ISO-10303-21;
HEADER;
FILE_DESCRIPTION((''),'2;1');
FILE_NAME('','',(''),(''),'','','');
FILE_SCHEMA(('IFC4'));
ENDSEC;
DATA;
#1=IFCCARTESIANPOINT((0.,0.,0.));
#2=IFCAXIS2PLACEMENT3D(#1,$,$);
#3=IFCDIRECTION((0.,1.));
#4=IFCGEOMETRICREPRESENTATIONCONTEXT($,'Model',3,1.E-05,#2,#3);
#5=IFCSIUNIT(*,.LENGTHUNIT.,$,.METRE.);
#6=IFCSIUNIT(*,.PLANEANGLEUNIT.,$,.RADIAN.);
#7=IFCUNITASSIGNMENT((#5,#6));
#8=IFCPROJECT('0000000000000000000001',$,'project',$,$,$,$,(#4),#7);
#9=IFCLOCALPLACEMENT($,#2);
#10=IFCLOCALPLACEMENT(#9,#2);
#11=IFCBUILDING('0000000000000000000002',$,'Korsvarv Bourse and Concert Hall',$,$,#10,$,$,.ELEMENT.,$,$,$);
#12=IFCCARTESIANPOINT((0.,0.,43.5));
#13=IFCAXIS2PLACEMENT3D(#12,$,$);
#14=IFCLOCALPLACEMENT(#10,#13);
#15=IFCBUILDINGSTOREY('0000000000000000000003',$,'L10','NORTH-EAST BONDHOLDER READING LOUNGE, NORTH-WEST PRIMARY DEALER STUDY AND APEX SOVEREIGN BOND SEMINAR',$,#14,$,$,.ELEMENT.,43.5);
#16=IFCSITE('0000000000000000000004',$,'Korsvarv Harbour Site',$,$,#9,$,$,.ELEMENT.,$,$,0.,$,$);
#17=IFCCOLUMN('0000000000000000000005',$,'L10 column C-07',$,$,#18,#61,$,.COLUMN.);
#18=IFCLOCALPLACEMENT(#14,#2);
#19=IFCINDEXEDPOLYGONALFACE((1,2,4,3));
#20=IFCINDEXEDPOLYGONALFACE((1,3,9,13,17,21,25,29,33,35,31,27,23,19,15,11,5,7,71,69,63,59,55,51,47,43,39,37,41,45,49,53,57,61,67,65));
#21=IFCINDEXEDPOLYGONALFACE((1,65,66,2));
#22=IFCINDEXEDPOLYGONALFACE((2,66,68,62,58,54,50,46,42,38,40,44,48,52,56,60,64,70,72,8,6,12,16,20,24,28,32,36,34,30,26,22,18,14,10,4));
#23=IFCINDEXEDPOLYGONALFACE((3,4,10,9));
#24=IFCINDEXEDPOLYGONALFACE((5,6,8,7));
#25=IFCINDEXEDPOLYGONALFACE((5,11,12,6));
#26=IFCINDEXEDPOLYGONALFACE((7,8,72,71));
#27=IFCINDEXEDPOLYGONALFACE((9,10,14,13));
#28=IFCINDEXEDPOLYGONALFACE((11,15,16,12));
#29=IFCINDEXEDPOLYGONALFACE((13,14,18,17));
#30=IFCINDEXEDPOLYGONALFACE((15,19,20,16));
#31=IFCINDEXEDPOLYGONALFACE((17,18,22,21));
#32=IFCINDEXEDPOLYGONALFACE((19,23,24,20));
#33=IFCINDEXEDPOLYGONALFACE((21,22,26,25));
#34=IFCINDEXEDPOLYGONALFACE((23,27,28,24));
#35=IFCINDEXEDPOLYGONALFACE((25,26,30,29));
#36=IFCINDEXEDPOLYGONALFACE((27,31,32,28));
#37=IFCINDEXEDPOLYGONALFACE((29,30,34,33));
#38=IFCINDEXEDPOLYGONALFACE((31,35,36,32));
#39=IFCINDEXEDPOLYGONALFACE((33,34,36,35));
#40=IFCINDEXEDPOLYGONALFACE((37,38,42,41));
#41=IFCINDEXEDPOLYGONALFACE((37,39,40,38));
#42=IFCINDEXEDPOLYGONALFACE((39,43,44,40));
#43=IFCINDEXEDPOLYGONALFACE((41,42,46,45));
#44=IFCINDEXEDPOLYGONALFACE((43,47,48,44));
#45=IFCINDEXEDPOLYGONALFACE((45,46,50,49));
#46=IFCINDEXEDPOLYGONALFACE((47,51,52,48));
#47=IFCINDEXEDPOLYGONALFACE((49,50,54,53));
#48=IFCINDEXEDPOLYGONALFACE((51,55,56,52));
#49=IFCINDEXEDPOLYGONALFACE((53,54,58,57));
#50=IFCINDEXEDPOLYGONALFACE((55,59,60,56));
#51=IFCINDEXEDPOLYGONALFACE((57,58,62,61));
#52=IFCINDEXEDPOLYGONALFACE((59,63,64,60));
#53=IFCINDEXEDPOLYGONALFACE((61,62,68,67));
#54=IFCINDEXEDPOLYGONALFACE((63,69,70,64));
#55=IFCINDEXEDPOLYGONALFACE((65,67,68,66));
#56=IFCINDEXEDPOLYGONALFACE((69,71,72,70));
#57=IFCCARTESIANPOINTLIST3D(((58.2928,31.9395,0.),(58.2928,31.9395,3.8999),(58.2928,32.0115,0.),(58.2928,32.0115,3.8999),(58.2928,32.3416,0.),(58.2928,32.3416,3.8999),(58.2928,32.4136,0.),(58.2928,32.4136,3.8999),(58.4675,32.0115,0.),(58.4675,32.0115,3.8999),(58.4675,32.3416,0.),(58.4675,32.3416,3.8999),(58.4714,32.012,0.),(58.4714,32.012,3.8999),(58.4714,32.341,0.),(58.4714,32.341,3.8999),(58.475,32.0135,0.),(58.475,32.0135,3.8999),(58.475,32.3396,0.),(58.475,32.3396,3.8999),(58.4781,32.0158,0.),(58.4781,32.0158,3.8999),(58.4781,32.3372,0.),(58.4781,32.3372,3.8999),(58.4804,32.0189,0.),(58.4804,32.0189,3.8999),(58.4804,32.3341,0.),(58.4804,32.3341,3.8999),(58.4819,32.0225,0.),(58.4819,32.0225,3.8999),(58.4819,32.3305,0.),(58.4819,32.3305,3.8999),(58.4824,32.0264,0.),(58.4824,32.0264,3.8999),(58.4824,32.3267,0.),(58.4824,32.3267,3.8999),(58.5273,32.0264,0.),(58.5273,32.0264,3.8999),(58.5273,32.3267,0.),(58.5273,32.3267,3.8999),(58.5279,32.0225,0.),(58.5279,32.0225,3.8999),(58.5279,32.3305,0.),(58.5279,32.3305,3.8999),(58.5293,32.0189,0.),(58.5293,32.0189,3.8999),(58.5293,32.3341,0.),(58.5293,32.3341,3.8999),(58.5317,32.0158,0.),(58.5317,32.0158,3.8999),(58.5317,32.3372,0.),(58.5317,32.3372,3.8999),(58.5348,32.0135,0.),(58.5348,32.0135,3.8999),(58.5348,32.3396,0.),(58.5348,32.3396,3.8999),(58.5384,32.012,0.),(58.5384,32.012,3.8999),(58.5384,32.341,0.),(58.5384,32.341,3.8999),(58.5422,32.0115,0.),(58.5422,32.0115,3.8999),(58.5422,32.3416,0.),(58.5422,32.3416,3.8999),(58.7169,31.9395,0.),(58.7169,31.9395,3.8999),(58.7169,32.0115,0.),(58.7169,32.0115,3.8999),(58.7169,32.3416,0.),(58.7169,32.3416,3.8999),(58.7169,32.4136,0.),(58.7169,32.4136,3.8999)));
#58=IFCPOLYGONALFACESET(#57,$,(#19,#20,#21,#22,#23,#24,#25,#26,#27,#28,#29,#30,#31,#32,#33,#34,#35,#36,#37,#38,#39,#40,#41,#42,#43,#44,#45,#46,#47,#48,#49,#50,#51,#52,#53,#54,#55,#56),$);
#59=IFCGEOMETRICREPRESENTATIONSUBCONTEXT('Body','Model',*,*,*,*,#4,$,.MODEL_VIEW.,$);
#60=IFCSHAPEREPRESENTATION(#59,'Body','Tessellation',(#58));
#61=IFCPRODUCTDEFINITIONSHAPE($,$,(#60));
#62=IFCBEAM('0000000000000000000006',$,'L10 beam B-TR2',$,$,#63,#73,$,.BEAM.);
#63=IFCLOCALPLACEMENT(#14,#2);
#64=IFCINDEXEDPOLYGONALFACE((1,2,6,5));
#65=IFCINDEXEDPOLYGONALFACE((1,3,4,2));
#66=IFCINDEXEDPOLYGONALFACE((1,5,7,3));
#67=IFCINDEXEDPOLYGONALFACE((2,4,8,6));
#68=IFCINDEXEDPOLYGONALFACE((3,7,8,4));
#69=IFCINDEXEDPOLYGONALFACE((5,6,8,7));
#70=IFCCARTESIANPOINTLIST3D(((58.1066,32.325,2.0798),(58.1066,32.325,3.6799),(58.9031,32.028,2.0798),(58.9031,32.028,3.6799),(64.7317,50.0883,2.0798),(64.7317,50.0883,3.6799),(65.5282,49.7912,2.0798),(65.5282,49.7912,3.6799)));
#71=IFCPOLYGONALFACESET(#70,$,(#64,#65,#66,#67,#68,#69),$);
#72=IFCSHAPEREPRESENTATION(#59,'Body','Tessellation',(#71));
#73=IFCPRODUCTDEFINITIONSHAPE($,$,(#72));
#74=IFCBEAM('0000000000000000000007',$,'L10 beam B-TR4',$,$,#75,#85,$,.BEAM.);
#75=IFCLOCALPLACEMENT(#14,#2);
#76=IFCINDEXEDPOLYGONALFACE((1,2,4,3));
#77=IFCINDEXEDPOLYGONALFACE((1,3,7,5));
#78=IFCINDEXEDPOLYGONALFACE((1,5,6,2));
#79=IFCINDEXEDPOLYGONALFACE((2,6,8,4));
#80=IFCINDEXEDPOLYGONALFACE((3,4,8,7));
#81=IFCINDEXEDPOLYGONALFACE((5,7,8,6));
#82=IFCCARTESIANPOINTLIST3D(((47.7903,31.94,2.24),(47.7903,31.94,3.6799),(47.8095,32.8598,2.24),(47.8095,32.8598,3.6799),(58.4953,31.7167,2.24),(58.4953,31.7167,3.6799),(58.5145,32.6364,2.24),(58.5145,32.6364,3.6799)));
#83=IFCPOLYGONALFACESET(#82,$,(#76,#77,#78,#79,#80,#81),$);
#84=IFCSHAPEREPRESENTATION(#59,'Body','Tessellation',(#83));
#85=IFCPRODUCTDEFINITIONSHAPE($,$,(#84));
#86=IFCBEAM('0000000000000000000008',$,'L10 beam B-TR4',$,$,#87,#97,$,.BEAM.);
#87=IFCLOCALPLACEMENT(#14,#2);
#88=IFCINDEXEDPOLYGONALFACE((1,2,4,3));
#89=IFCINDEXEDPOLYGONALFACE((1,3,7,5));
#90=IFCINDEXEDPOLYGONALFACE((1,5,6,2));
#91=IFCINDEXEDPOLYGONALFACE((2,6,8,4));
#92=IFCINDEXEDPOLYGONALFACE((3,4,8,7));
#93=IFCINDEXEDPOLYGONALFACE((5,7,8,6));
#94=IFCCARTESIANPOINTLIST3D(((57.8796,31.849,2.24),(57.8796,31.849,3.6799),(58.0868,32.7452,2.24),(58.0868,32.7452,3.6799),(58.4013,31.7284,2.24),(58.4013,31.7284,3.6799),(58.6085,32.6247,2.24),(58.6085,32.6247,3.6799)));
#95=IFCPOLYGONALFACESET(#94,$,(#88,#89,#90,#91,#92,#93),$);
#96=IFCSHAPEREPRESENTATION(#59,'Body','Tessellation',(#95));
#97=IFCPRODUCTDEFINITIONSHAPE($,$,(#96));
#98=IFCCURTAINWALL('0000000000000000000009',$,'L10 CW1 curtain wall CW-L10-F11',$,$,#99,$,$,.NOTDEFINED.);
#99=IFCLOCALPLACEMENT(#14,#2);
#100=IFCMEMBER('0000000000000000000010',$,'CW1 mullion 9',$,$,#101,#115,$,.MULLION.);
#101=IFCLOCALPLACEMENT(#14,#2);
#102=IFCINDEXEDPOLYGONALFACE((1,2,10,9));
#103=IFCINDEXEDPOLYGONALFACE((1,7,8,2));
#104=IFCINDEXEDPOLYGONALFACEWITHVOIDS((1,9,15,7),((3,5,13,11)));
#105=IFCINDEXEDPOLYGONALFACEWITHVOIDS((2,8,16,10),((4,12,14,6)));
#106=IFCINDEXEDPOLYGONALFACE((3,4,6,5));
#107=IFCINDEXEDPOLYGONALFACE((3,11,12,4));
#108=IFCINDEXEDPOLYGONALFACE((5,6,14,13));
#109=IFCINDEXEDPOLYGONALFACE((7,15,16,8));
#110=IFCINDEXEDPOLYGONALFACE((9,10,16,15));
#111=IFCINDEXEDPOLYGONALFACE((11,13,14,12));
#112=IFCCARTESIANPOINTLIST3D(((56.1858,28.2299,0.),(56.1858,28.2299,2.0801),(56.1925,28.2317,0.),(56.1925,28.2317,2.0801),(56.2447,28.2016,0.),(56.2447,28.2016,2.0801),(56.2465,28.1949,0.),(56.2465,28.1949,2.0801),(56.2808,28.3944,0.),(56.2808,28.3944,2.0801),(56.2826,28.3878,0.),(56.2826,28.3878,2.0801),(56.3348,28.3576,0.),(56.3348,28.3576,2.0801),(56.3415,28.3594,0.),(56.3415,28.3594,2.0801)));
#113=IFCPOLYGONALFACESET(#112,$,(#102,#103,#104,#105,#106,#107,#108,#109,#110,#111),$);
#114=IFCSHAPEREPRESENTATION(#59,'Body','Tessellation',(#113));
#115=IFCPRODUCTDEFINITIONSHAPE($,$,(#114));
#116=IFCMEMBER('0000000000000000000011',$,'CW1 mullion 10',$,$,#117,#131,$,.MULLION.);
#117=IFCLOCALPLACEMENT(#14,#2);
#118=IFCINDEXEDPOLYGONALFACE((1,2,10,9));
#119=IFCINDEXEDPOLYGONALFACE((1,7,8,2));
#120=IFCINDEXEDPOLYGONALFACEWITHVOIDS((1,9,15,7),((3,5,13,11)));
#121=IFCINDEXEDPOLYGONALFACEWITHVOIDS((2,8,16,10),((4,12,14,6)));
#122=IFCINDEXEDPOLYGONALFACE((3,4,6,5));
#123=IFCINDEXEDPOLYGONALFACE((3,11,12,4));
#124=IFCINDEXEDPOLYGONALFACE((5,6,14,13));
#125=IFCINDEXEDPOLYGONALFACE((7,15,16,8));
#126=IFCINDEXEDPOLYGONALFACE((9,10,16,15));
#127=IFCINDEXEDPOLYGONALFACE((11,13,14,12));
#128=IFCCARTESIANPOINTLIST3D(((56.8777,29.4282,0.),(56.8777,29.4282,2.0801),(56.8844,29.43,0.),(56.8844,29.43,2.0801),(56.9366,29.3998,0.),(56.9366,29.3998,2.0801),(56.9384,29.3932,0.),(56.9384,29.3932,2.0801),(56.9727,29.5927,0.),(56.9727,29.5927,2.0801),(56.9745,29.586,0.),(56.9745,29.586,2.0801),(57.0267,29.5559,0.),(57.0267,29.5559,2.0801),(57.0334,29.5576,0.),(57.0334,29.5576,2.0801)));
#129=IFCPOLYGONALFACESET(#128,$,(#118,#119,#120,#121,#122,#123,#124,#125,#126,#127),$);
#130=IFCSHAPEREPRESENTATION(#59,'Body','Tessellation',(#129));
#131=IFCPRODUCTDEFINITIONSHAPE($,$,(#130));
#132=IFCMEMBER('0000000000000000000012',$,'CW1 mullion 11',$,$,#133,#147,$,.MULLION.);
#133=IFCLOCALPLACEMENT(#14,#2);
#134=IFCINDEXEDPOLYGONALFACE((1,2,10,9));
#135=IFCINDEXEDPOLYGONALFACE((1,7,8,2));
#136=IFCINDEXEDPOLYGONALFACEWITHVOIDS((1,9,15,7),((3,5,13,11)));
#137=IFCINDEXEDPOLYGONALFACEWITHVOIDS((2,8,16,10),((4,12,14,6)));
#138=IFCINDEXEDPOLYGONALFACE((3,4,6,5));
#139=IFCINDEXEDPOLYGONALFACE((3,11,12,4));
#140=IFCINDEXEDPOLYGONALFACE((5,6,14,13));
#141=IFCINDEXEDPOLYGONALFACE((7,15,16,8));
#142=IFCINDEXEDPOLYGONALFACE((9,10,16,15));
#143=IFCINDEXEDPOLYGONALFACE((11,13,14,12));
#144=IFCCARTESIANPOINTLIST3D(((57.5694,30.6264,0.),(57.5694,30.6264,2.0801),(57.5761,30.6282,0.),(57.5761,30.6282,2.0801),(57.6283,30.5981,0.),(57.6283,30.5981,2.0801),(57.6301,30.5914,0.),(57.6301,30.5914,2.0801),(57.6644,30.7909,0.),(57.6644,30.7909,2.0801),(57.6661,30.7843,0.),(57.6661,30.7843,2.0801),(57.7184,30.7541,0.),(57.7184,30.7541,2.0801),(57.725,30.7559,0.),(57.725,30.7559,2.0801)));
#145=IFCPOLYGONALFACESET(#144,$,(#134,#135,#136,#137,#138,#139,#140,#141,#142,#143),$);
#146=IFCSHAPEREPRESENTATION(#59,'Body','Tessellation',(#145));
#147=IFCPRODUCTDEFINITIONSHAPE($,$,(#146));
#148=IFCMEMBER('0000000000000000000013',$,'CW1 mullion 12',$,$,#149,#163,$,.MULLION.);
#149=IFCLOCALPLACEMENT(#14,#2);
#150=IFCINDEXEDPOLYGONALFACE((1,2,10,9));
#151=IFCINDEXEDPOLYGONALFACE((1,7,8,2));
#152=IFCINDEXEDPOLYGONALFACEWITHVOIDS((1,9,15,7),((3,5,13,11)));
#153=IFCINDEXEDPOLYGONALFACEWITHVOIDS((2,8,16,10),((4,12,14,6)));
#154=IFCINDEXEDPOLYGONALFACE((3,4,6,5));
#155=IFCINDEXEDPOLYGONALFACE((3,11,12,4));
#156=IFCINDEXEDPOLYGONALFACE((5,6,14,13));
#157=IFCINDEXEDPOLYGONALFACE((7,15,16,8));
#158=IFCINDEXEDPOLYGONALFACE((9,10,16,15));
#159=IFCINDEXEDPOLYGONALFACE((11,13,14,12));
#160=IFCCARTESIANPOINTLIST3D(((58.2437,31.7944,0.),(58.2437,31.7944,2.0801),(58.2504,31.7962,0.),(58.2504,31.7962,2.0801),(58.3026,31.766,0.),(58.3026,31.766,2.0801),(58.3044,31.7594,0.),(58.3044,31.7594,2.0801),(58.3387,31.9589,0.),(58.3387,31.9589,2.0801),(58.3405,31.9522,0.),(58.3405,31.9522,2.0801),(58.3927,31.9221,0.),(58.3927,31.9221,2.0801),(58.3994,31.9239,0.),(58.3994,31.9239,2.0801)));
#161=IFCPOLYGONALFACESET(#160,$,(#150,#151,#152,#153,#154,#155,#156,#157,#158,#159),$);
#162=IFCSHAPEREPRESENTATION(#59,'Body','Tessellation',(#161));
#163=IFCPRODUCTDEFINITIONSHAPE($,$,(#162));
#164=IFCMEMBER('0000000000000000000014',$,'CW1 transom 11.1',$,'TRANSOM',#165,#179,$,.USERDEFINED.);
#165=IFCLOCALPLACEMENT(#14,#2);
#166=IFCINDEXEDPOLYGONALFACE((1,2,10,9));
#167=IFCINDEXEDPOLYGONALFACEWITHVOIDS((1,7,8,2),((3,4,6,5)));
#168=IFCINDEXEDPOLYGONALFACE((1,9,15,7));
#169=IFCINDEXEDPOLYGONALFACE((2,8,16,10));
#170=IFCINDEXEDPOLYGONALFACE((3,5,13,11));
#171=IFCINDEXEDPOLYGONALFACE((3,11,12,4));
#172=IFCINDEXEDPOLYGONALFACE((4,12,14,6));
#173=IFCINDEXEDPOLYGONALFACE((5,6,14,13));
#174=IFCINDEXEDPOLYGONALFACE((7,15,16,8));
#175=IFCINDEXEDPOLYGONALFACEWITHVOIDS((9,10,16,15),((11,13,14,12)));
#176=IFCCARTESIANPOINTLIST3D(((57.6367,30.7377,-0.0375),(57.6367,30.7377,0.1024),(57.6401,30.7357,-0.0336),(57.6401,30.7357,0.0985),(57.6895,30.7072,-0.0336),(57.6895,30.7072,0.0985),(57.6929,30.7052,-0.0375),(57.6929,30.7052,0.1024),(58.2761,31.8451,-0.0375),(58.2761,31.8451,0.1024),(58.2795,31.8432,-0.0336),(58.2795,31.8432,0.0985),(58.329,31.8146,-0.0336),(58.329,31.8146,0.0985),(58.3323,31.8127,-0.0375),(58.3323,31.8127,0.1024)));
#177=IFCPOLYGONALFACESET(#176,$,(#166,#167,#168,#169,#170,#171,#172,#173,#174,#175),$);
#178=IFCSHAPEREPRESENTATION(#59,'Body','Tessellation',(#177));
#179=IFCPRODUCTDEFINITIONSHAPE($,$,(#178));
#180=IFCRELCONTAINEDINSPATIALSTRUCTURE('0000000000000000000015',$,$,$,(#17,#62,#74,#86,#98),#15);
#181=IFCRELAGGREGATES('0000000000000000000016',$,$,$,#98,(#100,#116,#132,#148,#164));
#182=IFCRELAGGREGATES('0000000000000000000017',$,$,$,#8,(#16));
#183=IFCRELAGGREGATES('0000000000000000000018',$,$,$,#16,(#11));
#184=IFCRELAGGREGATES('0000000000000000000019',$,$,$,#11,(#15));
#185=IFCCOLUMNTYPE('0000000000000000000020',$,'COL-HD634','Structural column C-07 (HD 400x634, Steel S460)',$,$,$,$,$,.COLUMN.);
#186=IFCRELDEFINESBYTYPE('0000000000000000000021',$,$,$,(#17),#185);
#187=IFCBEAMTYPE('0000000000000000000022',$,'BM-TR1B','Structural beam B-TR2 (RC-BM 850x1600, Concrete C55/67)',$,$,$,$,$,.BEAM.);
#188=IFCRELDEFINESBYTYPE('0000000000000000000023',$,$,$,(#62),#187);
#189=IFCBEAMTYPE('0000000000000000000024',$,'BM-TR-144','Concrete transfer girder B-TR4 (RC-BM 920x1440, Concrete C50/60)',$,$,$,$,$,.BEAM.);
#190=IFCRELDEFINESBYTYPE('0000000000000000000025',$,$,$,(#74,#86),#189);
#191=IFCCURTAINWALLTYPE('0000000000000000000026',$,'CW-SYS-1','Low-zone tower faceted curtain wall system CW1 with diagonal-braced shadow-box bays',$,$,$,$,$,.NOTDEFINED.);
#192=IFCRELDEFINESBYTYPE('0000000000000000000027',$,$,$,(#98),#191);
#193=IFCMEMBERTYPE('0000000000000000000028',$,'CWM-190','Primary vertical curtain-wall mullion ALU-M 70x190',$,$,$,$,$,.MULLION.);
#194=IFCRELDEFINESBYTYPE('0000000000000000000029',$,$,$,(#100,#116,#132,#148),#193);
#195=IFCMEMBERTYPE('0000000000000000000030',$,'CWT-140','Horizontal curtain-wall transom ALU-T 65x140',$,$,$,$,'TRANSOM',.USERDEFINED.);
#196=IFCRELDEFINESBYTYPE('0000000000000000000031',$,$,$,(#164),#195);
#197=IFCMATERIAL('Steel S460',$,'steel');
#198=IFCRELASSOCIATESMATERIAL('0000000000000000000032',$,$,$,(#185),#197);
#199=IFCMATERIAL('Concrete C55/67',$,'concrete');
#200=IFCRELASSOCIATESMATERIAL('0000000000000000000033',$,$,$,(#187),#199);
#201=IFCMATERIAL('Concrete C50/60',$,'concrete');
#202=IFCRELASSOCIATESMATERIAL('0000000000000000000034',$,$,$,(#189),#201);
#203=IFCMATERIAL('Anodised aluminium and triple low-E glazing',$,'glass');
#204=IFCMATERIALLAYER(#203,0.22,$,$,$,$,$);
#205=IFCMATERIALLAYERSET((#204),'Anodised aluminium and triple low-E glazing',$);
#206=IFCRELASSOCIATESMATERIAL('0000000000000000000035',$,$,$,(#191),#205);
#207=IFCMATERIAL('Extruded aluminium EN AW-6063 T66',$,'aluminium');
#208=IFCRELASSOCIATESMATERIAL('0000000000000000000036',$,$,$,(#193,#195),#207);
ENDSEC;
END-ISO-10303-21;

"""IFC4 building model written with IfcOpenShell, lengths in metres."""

from ifc_helpers import new_model, si_unit, direction, frame, origin, origin_2d, place, context, subcontext, project, spatial, rectangle, hollow_rectangle, i_section, extrude, source, transform, mapped, material, layer, layer_set, material_profile, profile_set, type_object, element, aggregate, save


model = new_model("IFC4")

# Units and contexts
model_context = context("Model", 3, precision=1e-05, world=origin(), true_north=direction((0.0, 1.0)))
body_context = subcontext(model_context, "Body", "Model", "MODEL_VIEW")
ifc_project = project(units=[si_unit("LENGTHUNIT", "METRE"), si_unit("PLANEANGLEUNIT", "RADIAN")], contexts=[model_context])

# Site, building, storey
site_placement = place(None, origin())
site = spatial("IfcSite", under=ifc_project, at=site_placement, Name="Korsvarv Harbour Site", CompositionType="ELEMENT", RefElevation=0.0)
building_placement = place(site_placement, origin())
building = spatial("IfcBuilding", under=site, at=building_placement, Name="Korsvarv Bourse and Concert Hall", CompositionType="ELEMENT")
storey_placement = place(building_placement, frame((0.0, 0.0, 43.5)))
storey = spatial("IfcBuildingStorey", under=building, at=storey_placement, Name="L10", Description="NORTH-EAST BONDHOLDER READING LOUNGE, NORTH-WEST PRIMARY DEALER STUDY AND APEX SOVEREIGN BOND SEMINAR", CompositionType="ELEMENT", Elevation=43.5)

# Column
ifc_material_1 = material(Name="Steel S460", Category="steel")
ifc_material_profile_1 = material_profile(ifc_material_1, i_section(OverallWidth=0.4241, OverallDepth=0.4741, WebThickness=0.0449, FlangeThickness=0.072, FilletRadius=0.0149, at=origin_2d()), Name="HD 400x634")
ifc_profile_set_1 = profile_set([ifc_material_profile_1], Name="Steel S460")
column_type = type_object("IfcColumnType", Name="COL-HD634", Description="Structural column C-07 (HD 400x634, Steel S460)", PredefinedType="COLUMN", material=ifc_profile_set_1)
shared_shape_1 = source(origin(), body_context, "Body", "SweptSolid", [
    extrude(i_section(OverallWidth=0.4241, OverallDepth=0.4741, WebThickness=0.0449, FlangeThickness=0.072, FilletRadius=0.0149, at=origin_2d()), origin(), (0.0, 0.0, 1.0), 3.8999),
])
column_placement = place(storey_placement, frame((58.5049, 32.1765, 0.0), z_axis=(0.0, 0.0, 1.0), x_axis=(1.0, 0.0, 0.0)))
element("IfcColumn", 1, at=column_placement, inside=storey, type_object=column_type, Name="L10 column C-07", PredefinedType="COLUMN", context=body_context, shape_type="MappedRepresentation", body=[
    mapped(shared_shape_1, transform((0.0, 0.0, 0.0), scale=1.0)),
])

# Beams
ifc_material_2 = material(Name="Concrete C55/67", Category="concrete")
ifc_material_profile_2 = material_profile(ifc_material_2, rectangle(XDim=0.8501, YDim=1.6001, at=origin_2d()), Name="RC-BM 850x1600")
ifc_profile_set_2 = profile_set([ifc_material_profile_2], Name="Concrete C55/67")
beam_type_1 = type_object("IfcBeamType", Name="BM-TR1B", Description="Structural beam B-TR2 (RC-BM 850x1600, Concrete C55/67)", PredefinedType="BEAM", material=ifc_profile_set_2)
shared_shape_2 = source(origin(), body_context, "Body", "SweptSolid", [
    extrude(rectangle(XDim=0.8501, YDim=1.6001, at=origin_2d()), origin(), (0.0, 0.0, 1.0), 18.9585),
])
beam_1_placement = place(storey_placement, frame((58.5049, 32.1765, 2.8799), z_axis=(0.349449, 0.936955, 0.0), x_axis=(-0.936955, 0.349449, 0.0)))
element("IfcBeam", 2, at=beam_1_placement, inside=storey, type_object=beam_type_1, Name="L10 beam B-TR2", PredefinedType="BEAM", context=body_context, shape_type="MappedRepresentation", body=[
    mapped(shared_shape_2, transform((0.0, 0.0, 0.0), scale=1.0)),
])
ifc_material_3 = material(Name="Concrete C50/60", Category="concrete")
ifc_material_profile_3 = material_profile(ifc_material_3, rectangle(XDim=0.9199, YDim=1.4399, at=origin_2d()), Name="RC-BM 920x1440")
ifc_profile_set_3 = profile_set([ifc_material_profile_3], Name="Concrete C50/60")
beam_type_2 = type_object("IfcBeamType", Name="BM-TR-144", Description="Concrete transfer girder B-TR4 (RC-BM 920x1440, Concrete C50/60)", PredefinedType="BEAM", material=ifc_profile_set_3)
shared_shape_3 = source(origin(), body_context, "Body", "SweptSolid", [
    extrude(rectangle(XDim=0.9199, YDim=1.4399, at=origin_2d()), origin(), (0.0, 0.0, 1.0), 10.7073),
])
beam_2_placement = place(storey_placement, frame((58.5049, 32.1765, 2.96), z_axis=(-0.999782, 0.020863, 0.0), x_axis=(-0.020863, -0.999782, 0.0)))
element("IfcBeam", 3, at=beam_2_placement, inside=storey, type_object=beam_type_2, Name="L10 beam B-TR4", PredefinedType="BEAM", context=body_context, shape_type="MappedRepresentation", body=[
    mapped(shared_shape_3, transform((0.0, 0.0, 0.0), scale=1.0)),
])
shared_shape_4 = source(origin(), body_context, "Body", "SweptSolid", [
    extrude(rectangle(XDim=0.9199, YDim=1.4399, at=origin_2d()), origin(), (0.0, 0.0, 1.0), 0.5354),
])
beam_3_placement = place(storey_placement, frame((58.5049, 32.1765, 2.96), z_axis=(-0.974307, 0.225226, 0.0), x_axis=(-0.225226, -0.974307, 0.0)))
element("IfcBeam", 4, at=beam_3_placement, inside=storey, type_object=beam_type_2, Name="L10 beam B-TR4", PredefinedType="BEAM", context=body_context, shape_type="MappedRepresentation", body=[
    mapped(shared_shape_4, transform((0.0, 0.0, 0.0), scale=1.0)),
])

# Curtain wall, members
ifc_material_4 = material(Name="Anodised aluminium and triple low-E glazing", Category="glass")
ifc_layer_1 = layer(ifc_material_4, 0.22)
ifc_layer_set_1 = layer_set([ifc_layer_1], Name="Anodised aluminium and triple low-E glazing")
curtain_wall_type = type_object("IfcCurtainWallType", Name="CW-SYS-1", Description="Low-zone tower faceted curtain wall system CW1 with diagonal-braced shadow-box bays", PredefinedType="NOTDEFINED", material=ifc_layer_set_1)
curtain_wall_placement = place(storey_placement, origin())
curtain_wall = element("IfcCurtainWall", 5, at=curtain_wall_placement, inside=storey, type_object=curtain_wall_type, Name="L10 CW1 curtain wall CW-L10-F11", PredefinedType="NOTDEFINED")
ifc_material_5 = material(Name="Extruded aluminium EN AW-6063 T66", Category="aluminium")
ifc_material_profile_4 = material_profile(ifc_material_5, hollow_rectangle(XDim=0.0701, YDim=0.1899, WallThickness=0.0049, at=origin_2d()), Name="ALU-M 70x190")
ifc_profile_set_4 = profile_set([ifc_material_profile_4], Name="Extruded aluminium EN AW-6063 T66")
member_type_1 = type_object("IfcMemberType", Name="CWM-190", Description="Primary vertical curtain-wall mullion ALU-M 70x190", PredefinedType="MULLION", material=ifc_profile_set_4)
shared_shape_5 = source(origin(), body_context, "Body", "SweptSolid", [
    extrude(hollow_rectangle(XDim=0.0701, YDim=0.1899, WallThickness=0.0049, at=origin_2d()), origin(), (0.0, 0.0, 1.0), 2.0801),
])
member_1_placement = place(storey_placement, frame((56.2637, 28.2947, 0.0), z_axis=(0.0, 0.0, 1.0), x_axis=(-0.866026, 0.5, 0.0)))
member_1 = element("IfcMember", 6, at=member_1_placement, type_object=member_type_1, Name="CW1 mullion 9", PredefinedType="MULLION", context=body_context, shape_type="MappedRepresentation", body=[
    mapped(shared_shape_5, transform((0.0, 0.0, 0.0), scale=1.0)),
])
member_2_placement = place(storey_placement, frame((56.9556, 29.4929, 0.0), z_axis=(0.0, 0.0, 1.0), x_axis=(-0.866026, 0.5, 0.0)))
member_2 = element("IfcMember", 7, at=member_2_placement, type_object=member_type_1, Name="CW1 mullion 10", PredefinedType="MULLION", context=body_context, shape_type="MappedRepresentation", body=[
    mapped(shared_shape_5, transform((0.0, 0.0, 0.0), scale=1.0)),
])
member_3_placement = place(storey_placement, frame((57.6472, 30.6912, 0.0), z_axis=(0.0, 0.0, 1.0), x_axis=(-0.866026, 0.5, 0.0)))
member_3 = element("IfcMember", 8, at=member_3_placement, type_object=member_type_1, Name="CW1 mullion 11", PredefinedType="MULLION", context=body_context, shape_type="MappedRepresentation", body=[
    mapped(shared_shape_5, transform((0.0, 0.0, 0.0), scale=1.0)),
])
member_4_placement = place(storey_placement, frame((58.3215, 31.8591, 0.0), z_axis=(0.0, 0.0, 1.0), x_axis=(-0.866026, 0.5, 0.0)))
member_4 = element("IfcMember", 9, at=member_4_placement, type_object=member_type_1, Name="CW1 mullion 12", PredefinedType="MULLION", context=body_context, shape_type="MappedRepresentation", body=[
    mapped(shared_shape_5, transform((0.0, 0.0, 0.0), scale=1.0)),
])
ifc_material_profile_5 = material_profile(ifc_material_5, hollow_rectangle(XDim=0.0649, YDim=0.1399, WallThickness=0.0039, at=origin_2d()), Name="ALU-T 65x140")
ifc_profile_set_5 = profile_set([ifc_material_profile_5], Name="Extruded aluminium EN AW-6063 T66")
member_type_2 = type_object("IfcMemberType", Name="CWT-140", Description="Horizontal curtain-wall transom ALU-T 65x140", ElementType="TRANSOM", PredefinedType="USERDEFINED", material=ifc_profile_set_5)
shared_shape_6 = source(origin(), body_context, "Body", "SweptSolid", [
    extrude(hollow_rectangle(XDim=0.0649, YDim=0.1399, WallThickness=0.0039, at=origin_2d()), origin(), (0.0, 0.0, 1.0), 1.2788),
])
member_5_placement = place(storey_placement, frame((57.6648, 30.7214, 0.0325), z_axis=(0.50002, 0.866014, 0.0), x_axis=(-0.866014, 0.50002, 0.0)))
member_5 = element("IfcMember", 10, at=member_5_placement, type_object=member_type_2, Name="CW1 transom 11.1", ObjectType="TRANSOM", PredefinedType="USERDEFINED", context=body_context, shape_type="MappedRepresentation", body=[
    mapped(shared_shape_6, transform((0.0, 0.0, 0.0), scale=1.0)),
])
aggregate(curtain_wall, [member_1, member_2, member_3, member_4, member_5])

save(model, "model.ifc")
